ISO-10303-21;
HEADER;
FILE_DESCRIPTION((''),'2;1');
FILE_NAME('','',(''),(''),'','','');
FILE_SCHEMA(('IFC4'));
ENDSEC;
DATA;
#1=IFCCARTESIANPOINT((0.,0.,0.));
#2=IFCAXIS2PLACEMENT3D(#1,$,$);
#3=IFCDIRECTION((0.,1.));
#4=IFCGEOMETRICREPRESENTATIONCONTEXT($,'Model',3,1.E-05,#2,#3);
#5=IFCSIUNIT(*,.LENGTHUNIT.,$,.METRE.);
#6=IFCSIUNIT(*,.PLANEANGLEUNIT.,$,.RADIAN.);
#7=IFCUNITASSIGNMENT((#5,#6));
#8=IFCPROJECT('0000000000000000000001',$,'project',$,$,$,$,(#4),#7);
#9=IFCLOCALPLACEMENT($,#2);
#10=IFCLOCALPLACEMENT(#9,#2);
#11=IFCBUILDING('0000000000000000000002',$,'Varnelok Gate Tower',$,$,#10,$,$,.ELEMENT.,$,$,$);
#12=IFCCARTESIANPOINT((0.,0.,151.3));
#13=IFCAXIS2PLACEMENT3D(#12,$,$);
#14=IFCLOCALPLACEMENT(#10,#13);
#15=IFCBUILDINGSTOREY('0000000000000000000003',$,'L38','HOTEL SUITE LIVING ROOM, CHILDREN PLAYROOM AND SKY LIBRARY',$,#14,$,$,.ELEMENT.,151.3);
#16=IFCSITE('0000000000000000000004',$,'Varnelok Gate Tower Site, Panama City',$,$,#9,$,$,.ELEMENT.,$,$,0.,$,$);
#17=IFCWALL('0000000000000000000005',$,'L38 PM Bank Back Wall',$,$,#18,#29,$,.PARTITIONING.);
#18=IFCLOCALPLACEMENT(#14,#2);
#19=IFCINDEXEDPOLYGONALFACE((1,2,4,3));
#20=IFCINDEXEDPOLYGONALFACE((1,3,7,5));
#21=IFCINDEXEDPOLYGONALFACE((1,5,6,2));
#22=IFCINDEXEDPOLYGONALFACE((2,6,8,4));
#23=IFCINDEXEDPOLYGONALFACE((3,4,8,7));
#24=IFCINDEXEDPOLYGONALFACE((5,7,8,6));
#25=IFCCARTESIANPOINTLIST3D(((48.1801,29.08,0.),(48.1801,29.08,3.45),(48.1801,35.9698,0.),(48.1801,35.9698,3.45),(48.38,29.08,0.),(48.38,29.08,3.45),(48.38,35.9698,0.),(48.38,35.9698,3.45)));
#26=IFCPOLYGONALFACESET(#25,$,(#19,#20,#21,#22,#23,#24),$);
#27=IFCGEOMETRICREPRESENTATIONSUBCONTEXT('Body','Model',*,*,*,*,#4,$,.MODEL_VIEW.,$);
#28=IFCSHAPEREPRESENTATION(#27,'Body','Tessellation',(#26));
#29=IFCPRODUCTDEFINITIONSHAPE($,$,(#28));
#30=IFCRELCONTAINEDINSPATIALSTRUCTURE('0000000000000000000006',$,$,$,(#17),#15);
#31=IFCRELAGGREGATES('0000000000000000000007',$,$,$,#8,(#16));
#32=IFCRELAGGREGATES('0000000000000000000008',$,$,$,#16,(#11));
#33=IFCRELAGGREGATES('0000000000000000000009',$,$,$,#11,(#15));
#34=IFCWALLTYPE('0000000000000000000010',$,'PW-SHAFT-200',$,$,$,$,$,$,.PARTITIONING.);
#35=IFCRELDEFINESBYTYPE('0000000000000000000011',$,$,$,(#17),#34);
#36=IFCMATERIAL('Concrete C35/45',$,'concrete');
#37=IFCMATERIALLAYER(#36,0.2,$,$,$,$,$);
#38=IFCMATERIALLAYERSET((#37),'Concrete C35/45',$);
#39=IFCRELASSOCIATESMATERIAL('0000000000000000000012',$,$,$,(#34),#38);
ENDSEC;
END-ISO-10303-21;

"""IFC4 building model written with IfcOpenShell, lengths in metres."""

from ifc_helpers import new_model, si_unit, direction, frame, frame_2d, origin, place, context, subcontext, project, spatial, rectangle, extrude, material, layer, layer_set, type_object, element, save


model = new_model("IFC4")

# Units and contexts
model_context = context("Model", 3, precision=1e-05, world=origin(), true_north=direction((0.0, 1.0)))
body_context = subcontext(model_context, "Body", "Model", "MODEL_VIEW")
ifc_project = project(units=[si_unit("LENGTHUNIT", "METRE"), si_unit("PLANEANGLEUNIT", "RADIAN")], contexts=[model_context])

# Site, building, storey
site_placement = place(None, origin())
site = spatial("IfcSite", under=ifc_project, at=site_placement, Name="Varnelok Gate Tower Site, Panama City", CompositionType="ELEMENT", RefElevation=0.0)
building_placement = place(site_placement, origin())
building = spatial("IfcBuilding", under=site, at=building_placement, Name="Varnelok Gate Tower", CompositionType="ELEMENT")
storey_placement = place(building_placement, frame((0.0, 0.0, 151.3)))
storey = spatial("IfcBuildingStorey", under=building, at=storey_placement, Name="L38", Description="HOTEL SUITE LIVING ROOM, CHILDREN PLAYROOM AND SKY LIBRARY", CompositionType="ELEMENT", Elevation=151.3)

# Wall
ifc_material_1 = material(Name="Concrete C35/45", Category="concrete")
ifc_layer_1 = layer(ifc_material_1, 0.2)
ifc_layer_set_1 = layer_set([ifc_layer_1], Name="Concrete C35/45")
wall_type_1 = type_object("IfcWallType", Name="PW-SHAFT-200", PredefinedType="PARTITIONING", material=ifc_layer_set_1)
wall_1_placement = place(storey_placement, frame((48.28, 29.0801, 0.0), z_axis=(0.0, 0.0, 1.0), x_axis=(0.0, 1.0, 0.0)))
element("IfcWall", 1, at=wall_1_placement, inside=storey, type_object=wall_type_1, Name="L38 PM Bank Back Wall", PredefinedType="PARTITIONING", context=body_context, shape_type="SweptSolid", body=[
    extrude(rectangle(XDim=6.8899, YDim=0.2, at=frame_2d((3.4448, 0.0))), origin(), (0.0, 0.0, 1.0), 3.45),
])

save(model, "model.ifc")
